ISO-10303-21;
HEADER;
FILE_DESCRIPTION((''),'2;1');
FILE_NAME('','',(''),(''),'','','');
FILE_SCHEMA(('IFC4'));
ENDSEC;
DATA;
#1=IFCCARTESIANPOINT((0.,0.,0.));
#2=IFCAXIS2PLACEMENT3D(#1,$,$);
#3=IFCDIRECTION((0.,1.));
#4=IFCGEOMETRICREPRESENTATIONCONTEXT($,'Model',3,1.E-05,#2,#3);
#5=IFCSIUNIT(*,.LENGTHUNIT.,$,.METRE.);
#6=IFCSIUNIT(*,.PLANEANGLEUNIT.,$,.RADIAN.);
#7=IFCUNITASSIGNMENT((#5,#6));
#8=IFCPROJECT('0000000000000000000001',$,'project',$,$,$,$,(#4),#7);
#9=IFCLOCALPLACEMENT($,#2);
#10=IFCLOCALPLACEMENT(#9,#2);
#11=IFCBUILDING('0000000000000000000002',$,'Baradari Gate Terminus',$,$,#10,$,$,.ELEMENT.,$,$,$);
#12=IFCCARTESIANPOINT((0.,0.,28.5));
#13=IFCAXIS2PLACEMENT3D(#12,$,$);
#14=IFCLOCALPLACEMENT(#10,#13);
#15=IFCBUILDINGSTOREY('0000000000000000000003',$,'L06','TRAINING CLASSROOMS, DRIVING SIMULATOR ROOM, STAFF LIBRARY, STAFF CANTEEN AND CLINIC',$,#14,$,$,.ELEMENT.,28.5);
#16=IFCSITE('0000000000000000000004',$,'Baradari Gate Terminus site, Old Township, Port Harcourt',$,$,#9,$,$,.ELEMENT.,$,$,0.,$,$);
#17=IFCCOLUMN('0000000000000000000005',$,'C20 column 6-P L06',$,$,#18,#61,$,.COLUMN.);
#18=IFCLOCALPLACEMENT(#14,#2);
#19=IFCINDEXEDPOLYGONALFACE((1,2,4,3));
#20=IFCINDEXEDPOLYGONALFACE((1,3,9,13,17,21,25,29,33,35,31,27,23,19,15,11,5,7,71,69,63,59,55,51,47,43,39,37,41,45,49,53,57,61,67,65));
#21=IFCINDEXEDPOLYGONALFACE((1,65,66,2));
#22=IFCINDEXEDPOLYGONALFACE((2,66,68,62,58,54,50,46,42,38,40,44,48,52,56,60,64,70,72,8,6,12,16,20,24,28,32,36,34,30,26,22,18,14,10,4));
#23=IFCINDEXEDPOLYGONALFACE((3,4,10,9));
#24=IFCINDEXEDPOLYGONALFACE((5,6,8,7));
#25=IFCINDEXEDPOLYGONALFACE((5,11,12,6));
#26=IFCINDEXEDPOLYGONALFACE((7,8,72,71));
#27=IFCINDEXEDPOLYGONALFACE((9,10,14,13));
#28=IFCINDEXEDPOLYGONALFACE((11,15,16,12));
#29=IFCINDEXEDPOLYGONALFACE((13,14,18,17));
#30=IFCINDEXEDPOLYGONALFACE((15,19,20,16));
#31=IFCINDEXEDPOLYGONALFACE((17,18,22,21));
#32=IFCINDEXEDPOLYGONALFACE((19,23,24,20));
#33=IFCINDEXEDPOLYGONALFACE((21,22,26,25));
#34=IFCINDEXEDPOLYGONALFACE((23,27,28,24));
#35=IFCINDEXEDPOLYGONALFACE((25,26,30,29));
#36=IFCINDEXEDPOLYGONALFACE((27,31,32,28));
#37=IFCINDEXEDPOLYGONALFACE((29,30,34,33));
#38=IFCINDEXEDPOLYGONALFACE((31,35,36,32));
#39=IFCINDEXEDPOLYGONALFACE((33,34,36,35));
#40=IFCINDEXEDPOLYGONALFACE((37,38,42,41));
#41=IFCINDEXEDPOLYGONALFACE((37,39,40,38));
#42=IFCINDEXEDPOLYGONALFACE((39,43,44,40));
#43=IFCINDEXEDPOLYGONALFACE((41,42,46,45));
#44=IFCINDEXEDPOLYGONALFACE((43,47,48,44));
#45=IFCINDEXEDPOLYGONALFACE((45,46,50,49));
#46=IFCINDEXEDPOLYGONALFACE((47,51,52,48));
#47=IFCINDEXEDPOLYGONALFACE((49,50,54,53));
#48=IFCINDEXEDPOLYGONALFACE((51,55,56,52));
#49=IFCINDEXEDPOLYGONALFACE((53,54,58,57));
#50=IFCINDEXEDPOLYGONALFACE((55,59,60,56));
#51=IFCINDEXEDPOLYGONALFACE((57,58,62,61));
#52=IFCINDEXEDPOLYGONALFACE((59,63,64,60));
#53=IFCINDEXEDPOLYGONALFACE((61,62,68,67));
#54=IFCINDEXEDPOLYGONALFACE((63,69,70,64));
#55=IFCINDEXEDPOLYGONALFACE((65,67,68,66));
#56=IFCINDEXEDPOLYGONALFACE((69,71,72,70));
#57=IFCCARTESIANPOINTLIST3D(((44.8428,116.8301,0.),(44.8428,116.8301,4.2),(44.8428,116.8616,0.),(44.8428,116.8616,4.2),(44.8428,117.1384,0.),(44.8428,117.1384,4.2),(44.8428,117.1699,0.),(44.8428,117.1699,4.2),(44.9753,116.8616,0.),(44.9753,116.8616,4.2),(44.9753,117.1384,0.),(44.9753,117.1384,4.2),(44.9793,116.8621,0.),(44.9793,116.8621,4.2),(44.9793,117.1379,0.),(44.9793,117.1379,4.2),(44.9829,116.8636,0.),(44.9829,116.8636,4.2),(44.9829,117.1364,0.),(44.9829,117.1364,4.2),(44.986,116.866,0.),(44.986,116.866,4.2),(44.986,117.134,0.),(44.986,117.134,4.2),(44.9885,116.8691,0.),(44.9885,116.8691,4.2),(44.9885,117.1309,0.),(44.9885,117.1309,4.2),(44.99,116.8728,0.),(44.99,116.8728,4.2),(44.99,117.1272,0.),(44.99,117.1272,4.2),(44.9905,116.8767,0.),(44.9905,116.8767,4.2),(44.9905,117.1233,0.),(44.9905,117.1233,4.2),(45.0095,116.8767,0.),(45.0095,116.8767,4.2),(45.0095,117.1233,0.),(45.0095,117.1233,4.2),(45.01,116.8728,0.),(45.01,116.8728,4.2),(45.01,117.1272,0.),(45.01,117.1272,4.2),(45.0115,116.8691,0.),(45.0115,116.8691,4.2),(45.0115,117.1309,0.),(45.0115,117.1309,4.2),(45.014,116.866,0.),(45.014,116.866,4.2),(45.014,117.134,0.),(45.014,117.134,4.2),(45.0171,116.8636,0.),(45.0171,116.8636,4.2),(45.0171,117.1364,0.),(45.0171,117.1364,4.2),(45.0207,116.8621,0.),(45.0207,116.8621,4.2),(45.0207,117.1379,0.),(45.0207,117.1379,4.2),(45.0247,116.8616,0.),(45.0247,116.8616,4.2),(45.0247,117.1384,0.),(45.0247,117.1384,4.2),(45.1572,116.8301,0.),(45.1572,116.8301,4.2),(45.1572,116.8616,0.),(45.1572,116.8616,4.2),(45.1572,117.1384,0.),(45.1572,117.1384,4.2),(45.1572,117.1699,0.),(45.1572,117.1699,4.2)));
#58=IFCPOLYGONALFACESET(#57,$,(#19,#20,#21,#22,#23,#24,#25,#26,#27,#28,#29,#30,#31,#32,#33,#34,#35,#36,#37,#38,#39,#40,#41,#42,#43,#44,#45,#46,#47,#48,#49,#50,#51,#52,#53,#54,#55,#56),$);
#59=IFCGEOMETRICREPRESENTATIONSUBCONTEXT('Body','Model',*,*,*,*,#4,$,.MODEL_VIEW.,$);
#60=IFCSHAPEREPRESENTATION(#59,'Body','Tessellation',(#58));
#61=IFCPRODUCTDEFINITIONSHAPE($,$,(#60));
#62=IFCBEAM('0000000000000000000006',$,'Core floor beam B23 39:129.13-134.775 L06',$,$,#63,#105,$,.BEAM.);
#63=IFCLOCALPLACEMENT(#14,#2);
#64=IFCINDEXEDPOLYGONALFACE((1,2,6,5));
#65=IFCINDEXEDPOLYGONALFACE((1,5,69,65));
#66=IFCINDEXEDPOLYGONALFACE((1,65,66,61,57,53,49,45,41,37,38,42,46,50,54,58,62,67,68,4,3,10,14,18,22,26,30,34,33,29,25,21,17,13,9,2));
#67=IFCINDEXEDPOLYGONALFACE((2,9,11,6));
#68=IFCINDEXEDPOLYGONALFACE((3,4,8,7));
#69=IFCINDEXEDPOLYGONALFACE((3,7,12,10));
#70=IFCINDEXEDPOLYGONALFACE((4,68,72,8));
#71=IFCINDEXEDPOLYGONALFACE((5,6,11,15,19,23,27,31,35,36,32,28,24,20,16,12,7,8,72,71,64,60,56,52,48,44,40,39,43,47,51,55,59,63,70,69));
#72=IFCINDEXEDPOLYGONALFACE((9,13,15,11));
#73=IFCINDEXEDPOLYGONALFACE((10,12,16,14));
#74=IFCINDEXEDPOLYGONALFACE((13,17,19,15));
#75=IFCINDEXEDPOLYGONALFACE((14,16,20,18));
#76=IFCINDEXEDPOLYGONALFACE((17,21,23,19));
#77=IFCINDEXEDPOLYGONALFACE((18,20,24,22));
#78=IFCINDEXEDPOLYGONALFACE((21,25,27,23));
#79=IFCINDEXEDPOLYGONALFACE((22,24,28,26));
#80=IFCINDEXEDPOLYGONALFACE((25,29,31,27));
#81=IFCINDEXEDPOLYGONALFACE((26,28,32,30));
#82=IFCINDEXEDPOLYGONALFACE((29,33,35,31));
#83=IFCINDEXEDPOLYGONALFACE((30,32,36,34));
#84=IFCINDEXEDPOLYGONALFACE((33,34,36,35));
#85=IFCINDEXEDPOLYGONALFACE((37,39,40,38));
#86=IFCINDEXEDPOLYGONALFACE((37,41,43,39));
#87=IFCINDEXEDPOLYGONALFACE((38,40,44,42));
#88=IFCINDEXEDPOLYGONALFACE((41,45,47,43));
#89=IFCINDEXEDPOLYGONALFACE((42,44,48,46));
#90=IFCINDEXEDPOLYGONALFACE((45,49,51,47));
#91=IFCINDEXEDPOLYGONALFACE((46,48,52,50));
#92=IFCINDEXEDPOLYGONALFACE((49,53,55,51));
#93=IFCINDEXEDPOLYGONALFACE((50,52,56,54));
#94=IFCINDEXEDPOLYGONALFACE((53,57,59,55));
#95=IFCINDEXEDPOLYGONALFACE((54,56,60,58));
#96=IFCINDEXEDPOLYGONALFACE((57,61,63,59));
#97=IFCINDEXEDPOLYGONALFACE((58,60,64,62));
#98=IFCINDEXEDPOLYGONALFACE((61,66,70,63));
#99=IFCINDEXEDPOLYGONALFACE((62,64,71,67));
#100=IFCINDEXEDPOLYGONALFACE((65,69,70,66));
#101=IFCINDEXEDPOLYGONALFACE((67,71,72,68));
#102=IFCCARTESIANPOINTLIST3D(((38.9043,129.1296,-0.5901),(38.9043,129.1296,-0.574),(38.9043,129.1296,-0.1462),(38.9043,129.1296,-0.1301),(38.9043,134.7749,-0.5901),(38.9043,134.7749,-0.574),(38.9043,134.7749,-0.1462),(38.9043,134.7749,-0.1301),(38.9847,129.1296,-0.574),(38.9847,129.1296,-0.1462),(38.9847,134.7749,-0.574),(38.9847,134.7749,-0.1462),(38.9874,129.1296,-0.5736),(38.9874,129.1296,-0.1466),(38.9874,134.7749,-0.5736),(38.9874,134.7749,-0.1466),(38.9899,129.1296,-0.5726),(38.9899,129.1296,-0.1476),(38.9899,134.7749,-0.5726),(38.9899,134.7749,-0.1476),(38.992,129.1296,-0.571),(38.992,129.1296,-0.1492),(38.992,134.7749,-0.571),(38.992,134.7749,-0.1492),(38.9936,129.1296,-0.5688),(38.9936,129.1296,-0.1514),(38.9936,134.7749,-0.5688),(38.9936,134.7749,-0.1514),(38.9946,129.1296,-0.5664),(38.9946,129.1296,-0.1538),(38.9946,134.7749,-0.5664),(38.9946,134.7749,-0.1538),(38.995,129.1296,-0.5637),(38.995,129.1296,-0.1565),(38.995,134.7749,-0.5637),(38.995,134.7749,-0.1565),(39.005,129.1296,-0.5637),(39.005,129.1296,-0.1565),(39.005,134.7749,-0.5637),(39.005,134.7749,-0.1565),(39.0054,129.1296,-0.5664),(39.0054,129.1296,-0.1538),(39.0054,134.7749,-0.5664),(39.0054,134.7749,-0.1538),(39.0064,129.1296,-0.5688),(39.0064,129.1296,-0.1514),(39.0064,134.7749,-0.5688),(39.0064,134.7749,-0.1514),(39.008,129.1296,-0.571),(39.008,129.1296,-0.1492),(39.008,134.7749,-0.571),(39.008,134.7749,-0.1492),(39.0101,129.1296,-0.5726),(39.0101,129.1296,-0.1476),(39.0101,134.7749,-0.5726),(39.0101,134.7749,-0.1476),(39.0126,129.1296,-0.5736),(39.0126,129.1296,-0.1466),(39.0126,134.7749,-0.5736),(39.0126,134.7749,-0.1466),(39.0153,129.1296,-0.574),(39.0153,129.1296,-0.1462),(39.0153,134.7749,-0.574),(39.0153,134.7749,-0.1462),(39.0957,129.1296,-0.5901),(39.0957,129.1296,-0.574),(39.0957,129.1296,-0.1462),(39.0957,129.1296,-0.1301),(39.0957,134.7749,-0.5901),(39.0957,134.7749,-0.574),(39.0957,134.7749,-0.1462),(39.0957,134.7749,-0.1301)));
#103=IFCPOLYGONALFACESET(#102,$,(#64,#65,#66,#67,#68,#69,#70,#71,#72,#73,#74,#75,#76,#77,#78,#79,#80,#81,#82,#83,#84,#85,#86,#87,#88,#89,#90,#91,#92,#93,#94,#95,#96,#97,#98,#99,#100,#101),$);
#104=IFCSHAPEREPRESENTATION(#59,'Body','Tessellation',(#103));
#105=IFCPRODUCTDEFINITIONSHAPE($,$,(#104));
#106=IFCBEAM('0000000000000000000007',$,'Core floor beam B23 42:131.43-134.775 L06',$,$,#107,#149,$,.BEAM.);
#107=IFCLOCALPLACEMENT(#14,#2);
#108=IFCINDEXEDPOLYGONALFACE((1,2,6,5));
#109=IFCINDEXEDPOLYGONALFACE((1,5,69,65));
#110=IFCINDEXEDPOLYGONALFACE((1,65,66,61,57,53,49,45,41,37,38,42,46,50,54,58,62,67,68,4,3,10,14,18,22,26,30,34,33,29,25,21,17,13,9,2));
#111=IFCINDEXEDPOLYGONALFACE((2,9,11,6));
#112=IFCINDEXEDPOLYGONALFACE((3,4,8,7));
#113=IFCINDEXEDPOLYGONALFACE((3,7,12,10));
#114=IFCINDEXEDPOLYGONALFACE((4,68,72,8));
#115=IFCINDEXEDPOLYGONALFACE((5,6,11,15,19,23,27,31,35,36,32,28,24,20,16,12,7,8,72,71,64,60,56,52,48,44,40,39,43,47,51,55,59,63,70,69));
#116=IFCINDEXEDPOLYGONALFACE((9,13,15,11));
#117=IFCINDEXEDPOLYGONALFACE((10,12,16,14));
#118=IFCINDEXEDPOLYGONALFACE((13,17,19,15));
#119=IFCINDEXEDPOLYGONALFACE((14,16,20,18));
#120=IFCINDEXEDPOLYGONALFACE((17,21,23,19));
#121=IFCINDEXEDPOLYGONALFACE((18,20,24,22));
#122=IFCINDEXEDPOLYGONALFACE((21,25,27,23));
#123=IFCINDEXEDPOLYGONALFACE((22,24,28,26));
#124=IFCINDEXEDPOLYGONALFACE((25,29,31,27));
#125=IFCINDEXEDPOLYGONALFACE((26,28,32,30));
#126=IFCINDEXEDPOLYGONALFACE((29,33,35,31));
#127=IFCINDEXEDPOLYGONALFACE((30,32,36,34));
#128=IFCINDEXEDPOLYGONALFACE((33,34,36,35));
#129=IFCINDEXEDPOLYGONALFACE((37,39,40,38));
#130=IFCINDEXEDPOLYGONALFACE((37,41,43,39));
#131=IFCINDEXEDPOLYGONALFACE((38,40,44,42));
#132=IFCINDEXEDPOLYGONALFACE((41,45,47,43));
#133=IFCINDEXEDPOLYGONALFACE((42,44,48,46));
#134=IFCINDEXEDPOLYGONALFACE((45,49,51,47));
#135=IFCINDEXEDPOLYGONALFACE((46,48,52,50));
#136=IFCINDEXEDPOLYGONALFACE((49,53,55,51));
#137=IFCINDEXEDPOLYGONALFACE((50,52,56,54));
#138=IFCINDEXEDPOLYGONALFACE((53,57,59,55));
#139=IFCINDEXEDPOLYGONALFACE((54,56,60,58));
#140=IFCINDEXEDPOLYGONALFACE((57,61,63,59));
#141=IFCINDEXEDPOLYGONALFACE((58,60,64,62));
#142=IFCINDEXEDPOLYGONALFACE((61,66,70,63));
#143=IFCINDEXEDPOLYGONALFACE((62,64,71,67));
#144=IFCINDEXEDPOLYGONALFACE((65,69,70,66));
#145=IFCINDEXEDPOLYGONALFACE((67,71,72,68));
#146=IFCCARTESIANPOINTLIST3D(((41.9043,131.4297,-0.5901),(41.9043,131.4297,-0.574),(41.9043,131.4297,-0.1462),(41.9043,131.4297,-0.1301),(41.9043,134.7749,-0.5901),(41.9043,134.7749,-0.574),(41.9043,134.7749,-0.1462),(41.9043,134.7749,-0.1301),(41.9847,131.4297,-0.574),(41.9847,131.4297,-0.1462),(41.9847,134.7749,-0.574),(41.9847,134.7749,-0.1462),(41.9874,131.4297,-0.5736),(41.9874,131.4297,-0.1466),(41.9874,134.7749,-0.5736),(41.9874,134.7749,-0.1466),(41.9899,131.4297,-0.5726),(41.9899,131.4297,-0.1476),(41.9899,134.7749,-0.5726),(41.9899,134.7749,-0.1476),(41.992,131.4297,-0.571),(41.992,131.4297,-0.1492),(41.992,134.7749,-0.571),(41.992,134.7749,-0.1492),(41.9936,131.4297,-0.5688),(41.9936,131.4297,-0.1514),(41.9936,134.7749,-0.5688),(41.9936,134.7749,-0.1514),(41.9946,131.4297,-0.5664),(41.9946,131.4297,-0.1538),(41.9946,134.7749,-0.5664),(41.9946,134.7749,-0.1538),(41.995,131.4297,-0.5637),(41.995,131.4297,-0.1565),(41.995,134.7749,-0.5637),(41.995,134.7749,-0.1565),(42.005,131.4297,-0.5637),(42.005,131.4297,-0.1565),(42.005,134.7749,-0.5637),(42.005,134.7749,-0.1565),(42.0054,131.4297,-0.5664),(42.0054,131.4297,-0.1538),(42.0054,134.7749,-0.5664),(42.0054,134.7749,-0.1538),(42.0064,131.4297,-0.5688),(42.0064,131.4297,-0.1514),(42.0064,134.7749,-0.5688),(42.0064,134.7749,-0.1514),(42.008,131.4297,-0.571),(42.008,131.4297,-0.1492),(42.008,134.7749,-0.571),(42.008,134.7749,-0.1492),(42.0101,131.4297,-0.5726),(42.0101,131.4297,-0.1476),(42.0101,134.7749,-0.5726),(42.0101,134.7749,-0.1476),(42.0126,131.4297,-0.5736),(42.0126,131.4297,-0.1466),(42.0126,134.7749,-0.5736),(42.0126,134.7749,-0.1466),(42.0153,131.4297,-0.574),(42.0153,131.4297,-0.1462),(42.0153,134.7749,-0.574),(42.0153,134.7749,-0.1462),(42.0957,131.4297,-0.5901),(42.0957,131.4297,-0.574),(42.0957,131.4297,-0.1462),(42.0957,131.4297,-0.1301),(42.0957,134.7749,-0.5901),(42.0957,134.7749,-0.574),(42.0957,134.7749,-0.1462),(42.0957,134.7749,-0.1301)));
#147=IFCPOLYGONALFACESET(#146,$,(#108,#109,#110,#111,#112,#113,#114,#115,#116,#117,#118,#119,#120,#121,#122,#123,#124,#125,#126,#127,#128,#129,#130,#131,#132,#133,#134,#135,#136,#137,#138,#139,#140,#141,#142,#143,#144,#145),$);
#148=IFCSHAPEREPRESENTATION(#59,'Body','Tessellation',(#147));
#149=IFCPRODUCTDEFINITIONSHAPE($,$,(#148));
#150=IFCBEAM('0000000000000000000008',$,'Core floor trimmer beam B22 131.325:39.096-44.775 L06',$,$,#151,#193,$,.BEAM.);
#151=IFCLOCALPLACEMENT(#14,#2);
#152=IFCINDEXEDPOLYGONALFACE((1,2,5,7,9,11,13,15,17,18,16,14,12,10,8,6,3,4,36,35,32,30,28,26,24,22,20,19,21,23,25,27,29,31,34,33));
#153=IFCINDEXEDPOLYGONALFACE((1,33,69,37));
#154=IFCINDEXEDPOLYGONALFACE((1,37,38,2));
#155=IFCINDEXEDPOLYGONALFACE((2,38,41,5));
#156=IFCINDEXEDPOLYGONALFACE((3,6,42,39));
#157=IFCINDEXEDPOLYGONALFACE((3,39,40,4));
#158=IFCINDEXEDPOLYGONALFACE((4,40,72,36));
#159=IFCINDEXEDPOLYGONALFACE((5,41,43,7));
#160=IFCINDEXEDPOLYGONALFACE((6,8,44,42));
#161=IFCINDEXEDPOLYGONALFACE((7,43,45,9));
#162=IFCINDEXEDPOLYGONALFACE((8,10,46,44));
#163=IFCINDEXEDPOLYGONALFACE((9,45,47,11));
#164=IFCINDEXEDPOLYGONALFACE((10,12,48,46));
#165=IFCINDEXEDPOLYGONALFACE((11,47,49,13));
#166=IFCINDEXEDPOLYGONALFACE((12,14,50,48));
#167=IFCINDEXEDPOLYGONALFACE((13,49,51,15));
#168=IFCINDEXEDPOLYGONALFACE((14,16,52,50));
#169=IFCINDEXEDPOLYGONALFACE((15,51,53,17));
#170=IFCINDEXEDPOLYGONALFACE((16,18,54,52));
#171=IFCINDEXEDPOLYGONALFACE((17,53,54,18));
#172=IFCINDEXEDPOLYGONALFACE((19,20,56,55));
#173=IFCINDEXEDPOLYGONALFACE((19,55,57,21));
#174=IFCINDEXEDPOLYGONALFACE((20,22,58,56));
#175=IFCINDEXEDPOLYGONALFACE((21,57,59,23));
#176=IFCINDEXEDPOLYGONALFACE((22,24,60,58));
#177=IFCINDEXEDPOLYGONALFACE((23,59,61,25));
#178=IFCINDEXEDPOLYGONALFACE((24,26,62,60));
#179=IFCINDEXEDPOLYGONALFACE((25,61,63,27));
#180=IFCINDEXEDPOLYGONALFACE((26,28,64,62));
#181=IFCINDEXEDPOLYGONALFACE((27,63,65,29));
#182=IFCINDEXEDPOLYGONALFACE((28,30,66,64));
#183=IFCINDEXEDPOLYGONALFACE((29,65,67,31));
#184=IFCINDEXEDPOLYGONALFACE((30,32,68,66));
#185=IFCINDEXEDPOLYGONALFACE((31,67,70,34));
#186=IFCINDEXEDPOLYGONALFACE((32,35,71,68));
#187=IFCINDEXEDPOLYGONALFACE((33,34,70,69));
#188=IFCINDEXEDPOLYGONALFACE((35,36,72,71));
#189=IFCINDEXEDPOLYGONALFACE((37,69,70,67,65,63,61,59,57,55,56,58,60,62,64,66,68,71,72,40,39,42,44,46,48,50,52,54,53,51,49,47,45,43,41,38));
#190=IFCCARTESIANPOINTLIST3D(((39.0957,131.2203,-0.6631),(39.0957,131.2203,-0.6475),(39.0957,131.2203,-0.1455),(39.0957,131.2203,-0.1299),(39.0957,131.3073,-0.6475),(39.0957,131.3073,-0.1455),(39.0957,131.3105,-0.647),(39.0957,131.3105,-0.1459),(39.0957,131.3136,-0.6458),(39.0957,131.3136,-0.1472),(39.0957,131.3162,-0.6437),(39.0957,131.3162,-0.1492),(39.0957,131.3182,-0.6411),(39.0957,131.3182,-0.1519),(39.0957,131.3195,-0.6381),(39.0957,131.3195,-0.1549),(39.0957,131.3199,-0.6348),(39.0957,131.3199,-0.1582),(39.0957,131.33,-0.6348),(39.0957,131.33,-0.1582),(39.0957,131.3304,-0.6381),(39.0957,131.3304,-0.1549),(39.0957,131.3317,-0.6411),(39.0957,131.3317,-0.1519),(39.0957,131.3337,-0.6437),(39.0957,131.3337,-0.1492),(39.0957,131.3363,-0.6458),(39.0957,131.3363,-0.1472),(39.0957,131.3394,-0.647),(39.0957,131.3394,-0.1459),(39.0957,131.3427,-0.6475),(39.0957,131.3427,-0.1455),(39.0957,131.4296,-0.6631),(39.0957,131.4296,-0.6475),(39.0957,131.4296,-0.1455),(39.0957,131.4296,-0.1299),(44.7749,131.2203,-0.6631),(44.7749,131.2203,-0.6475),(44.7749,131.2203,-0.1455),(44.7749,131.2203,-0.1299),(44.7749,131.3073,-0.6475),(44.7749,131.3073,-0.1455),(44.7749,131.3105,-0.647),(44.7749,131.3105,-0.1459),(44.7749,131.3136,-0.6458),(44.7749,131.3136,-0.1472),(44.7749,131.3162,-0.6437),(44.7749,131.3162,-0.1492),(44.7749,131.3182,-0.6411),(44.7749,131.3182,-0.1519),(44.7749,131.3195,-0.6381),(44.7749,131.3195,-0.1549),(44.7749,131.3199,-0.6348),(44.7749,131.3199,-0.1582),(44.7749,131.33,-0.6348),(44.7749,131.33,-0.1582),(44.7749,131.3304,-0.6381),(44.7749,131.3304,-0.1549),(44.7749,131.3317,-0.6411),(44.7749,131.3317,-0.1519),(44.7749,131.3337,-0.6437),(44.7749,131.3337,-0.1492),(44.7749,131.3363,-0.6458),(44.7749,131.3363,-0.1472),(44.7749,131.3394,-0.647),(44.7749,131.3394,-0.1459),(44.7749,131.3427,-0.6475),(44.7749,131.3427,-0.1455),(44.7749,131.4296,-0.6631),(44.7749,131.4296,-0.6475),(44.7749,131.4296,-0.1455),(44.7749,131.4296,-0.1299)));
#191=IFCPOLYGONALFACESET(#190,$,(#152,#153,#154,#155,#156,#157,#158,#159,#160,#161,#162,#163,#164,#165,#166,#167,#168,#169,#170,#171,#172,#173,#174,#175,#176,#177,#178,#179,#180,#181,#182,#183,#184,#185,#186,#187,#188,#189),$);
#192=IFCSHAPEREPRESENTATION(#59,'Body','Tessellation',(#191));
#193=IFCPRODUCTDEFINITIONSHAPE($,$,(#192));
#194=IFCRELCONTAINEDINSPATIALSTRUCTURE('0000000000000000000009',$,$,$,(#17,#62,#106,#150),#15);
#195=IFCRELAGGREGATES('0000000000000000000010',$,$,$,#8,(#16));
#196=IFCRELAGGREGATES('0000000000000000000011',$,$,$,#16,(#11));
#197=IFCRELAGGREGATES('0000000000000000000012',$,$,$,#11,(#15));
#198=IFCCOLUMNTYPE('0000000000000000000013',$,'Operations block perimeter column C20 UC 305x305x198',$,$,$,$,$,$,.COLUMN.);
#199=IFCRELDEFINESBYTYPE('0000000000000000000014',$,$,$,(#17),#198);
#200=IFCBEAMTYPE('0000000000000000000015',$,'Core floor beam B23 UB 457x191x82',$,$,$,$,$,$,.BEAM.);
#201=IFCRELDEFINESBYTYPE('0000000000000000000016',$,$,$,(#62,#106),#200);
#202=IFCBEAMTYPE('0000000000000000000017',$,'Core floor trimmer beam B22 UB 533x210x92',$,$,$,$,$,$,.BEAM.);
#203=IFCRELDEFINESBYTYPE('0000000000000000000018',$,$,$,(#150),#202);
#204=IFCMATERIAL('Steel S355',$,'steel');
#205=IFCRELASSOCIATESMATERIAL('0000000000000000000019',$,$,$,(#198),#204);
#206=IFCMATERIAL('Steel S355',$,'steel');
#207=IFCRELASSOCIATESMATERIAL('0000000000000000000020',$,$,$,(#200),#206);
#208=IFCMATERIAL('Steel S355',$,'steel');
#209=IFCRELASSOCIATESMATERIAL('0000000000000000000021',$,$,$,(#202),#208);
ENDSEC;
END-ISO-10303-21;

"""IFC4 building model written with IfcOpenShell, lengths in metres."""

from ifc_helpers import new_model, si_unit, direction, frame, origin, origin_2d, place, context, subcontext, project, spatial, i_section, extrude, material, material_profile, profile_set, type_object, element, save


model = new_model("IFC4")

# Units and contexts
model_context = context("Model", 3, precision=1e-05, world=origin(), true_north=direction((0.0, 1.0)))
body_context = subcontext(model_context, "Body", "Model", "MODEL_VIEW")
ifc_project = project(units=[si_unit("LENGTHUNIT", "METRE"), si_unit("PLANEANGLEUNIT", "RADIAN")], contexts=[model_context])

# Site, building, storey
site_placement = place(None, origin())
site = spatial("IfcSite", under=ifc_project, at=site_placement, Name="Baradari Gate Terminus site, Old Township, Port Harcourt", CompositionType="ELEMENT", RefElevation=0.0)
building_placement = place(site_placement, origin())
building = spatial("IfcBuilding", under=site, at=building_placement, Name="Baradari Gate Terminus", CompositionType="ELEMENT")
storey_placement = place(building_placement, frame((0.0, 0.0, 28.5)))
storey = spatial("IfcBuildingStorey", under=building, at=storey_placement, Name="L06", Description="TRAINING CLASSROOMS, DRIVING SIMULATOR ROOM, STAFF LIBRARY, STAFF CANTEEN AND CLINIC", CompositionType="ELEMENT", Elevation=28.5)

# Column
ifc_material_1 = material(Name="Steel S355", Category="steel")
ifc_material_profile_1 = material_profile(ifc_material_1, i_section(OverallWidth=0.3145, OverallDepth=0.3398, WebThickness=0.019, FlangeThickness=0.0315, FilletRadius=0.0151, at=origin_2d()), Name="UC 305x305x198")
ifc_profile_set_1 = profile_set([ifc_material_profile_1], Name="Steel S355")
column_type = type_object("IfcColumnType", Name="Operations block perimeter column C20 UC 305x305x198", PredefinedType="COLUMN", material=ifc_profile_set_1)
column_placement = place(storey_placement, frame((45.0, 117.0, 0.0), z_axis=(0.0, 0.0, 1.0), x_axis=(1.0, 0.0, 0.0)))
element("IfcColumn", 1, at=column_placement, inside=storey, type_object=column_type, Name="C20 column 6-P L06", PredefinedType="COLUMN", context=body_context, shape_type="SweptSolid", body=[
    extrude(i_section(OverallWidth=0.3145, OverallDepth=0.3398, WebThickness=0.019, FlangeThickness=0.0315, FilletRadius=0.0151, at=origin_2d()), origin(), (0.0, 0.0, 1.0), 4.2),
])

# Beams
ifc_material_2 = material(Name="Steel S355", Category="steel")
ifc_material_profile_2 = material_profile(ifc_material_2, i_section(OverallWidth=0.1914, OverallDepth=0.46, WebThickness=0.01, FlangeThickness=0.0161, FilletRadius=0.0103, at=origin_2d()), Name="UB 457x191x82")
ifc_profile_set_2 = profile_set([ifc_material_profile_2], Name="Steel S355")
beam_type_1 = type_object("IfcBeamType", Name="Core floor beam B23 UB 457x191x82", PredefinedType="BEAM", material=ifc_profile_set_2)
beam_1_placement = place(storey_placement, frame((39.0, 129.1296, -0.3601), z_axis=(0.0, 1.0, 0.0), x_axis=(-1.0, 0.0, 0.0)))
element("IfcBeam", 2, at=beam_1_placement, inside=storey, type_object=beam_type_1, Name="Core floor beam B23 39:129.13-134.775 L06", PredefinedType="BEAM", context=body_context, shape_type="SweptSolid", body=[
    extrude(i_section(OverallWidth=0.1914, OverallDepth=0.46, WebThickness=0.01, FlangeThickness=0.0161, FilletRadius=0.0103, at=origin_2d()), origin(), (0.0, 0.0, 1.0), 5.6453),
])
beam_2_placement = place(storey_placement, frame((42.0, 131.4297, -0.3601), z_axis=(0.0, 1.0, 0.0), x_axis=(-1.0, 0.0, 0.0)))
element("IfcBeam", 3, at=beam_2_placement, inside=storey, type_object=beam_type_1, Name="Core floor beam B23 42:131.43-134.775 L06", PredefinedType="BEAM", context=body_context, shape_type="SweptSolid", body=[
    extrude(i_section(OverallWidth=0.1914, OverallDepth=0.46, WebThickness=0.01, FlangeThickness=0.0161, FilletRadius=0.0103, at=origin_2d()), origin(), (0.0, 0.0, 1.0), 3.3452),
])
ifc_material_3 = material(Name="Steel S355", Category="steel")
ifc_material_profile_3 = material_profile(ifc_material_3, i_section(OverallWidth=0.2092, OverallDepth=0.5332, WebThickness=0.01, FlangeThickness=0.0156, FilletRadius=0.0127, at=origin_2d()), Name="UB 533x210x92")
ifc_profile_set_3 = profile_set([ifc_material_profile_3], Name="Steel S355")
beam_type_2 = type_object("IfcBeamType", Name="Core floor trimmer beam B22 UB 533x210x92", PredefinedType="BEAM", material=ifc_profile_set_3)
beam_3_placement = place(storey_placement, frame((39.0957, 131.325, -0.3965), z_axis=(1.0, 0.0, 0.0), x_axis=(0.0, 1.0, 0.0)))
element("IfcBeam", 4, at=beam_3_placement, inside=storey, type_object=beam_type_2, Name="Core floor trimmer beam B22 131.325:39.096-44.775 L06", PredefinedType="BEAM", context=body_context, shape_type="SweptSolid", body=[
    extrude(i_section(OverallWidth=0.2092, OverallDepth=0.5332, WebThickness=0.01, FlangeThickness=0.0156, FilletRadius=0.0127, at=origin_2d()), origin(), (0.0, 0.0, 1.0), 5.6792),
])

save(model, "model.ifc")
